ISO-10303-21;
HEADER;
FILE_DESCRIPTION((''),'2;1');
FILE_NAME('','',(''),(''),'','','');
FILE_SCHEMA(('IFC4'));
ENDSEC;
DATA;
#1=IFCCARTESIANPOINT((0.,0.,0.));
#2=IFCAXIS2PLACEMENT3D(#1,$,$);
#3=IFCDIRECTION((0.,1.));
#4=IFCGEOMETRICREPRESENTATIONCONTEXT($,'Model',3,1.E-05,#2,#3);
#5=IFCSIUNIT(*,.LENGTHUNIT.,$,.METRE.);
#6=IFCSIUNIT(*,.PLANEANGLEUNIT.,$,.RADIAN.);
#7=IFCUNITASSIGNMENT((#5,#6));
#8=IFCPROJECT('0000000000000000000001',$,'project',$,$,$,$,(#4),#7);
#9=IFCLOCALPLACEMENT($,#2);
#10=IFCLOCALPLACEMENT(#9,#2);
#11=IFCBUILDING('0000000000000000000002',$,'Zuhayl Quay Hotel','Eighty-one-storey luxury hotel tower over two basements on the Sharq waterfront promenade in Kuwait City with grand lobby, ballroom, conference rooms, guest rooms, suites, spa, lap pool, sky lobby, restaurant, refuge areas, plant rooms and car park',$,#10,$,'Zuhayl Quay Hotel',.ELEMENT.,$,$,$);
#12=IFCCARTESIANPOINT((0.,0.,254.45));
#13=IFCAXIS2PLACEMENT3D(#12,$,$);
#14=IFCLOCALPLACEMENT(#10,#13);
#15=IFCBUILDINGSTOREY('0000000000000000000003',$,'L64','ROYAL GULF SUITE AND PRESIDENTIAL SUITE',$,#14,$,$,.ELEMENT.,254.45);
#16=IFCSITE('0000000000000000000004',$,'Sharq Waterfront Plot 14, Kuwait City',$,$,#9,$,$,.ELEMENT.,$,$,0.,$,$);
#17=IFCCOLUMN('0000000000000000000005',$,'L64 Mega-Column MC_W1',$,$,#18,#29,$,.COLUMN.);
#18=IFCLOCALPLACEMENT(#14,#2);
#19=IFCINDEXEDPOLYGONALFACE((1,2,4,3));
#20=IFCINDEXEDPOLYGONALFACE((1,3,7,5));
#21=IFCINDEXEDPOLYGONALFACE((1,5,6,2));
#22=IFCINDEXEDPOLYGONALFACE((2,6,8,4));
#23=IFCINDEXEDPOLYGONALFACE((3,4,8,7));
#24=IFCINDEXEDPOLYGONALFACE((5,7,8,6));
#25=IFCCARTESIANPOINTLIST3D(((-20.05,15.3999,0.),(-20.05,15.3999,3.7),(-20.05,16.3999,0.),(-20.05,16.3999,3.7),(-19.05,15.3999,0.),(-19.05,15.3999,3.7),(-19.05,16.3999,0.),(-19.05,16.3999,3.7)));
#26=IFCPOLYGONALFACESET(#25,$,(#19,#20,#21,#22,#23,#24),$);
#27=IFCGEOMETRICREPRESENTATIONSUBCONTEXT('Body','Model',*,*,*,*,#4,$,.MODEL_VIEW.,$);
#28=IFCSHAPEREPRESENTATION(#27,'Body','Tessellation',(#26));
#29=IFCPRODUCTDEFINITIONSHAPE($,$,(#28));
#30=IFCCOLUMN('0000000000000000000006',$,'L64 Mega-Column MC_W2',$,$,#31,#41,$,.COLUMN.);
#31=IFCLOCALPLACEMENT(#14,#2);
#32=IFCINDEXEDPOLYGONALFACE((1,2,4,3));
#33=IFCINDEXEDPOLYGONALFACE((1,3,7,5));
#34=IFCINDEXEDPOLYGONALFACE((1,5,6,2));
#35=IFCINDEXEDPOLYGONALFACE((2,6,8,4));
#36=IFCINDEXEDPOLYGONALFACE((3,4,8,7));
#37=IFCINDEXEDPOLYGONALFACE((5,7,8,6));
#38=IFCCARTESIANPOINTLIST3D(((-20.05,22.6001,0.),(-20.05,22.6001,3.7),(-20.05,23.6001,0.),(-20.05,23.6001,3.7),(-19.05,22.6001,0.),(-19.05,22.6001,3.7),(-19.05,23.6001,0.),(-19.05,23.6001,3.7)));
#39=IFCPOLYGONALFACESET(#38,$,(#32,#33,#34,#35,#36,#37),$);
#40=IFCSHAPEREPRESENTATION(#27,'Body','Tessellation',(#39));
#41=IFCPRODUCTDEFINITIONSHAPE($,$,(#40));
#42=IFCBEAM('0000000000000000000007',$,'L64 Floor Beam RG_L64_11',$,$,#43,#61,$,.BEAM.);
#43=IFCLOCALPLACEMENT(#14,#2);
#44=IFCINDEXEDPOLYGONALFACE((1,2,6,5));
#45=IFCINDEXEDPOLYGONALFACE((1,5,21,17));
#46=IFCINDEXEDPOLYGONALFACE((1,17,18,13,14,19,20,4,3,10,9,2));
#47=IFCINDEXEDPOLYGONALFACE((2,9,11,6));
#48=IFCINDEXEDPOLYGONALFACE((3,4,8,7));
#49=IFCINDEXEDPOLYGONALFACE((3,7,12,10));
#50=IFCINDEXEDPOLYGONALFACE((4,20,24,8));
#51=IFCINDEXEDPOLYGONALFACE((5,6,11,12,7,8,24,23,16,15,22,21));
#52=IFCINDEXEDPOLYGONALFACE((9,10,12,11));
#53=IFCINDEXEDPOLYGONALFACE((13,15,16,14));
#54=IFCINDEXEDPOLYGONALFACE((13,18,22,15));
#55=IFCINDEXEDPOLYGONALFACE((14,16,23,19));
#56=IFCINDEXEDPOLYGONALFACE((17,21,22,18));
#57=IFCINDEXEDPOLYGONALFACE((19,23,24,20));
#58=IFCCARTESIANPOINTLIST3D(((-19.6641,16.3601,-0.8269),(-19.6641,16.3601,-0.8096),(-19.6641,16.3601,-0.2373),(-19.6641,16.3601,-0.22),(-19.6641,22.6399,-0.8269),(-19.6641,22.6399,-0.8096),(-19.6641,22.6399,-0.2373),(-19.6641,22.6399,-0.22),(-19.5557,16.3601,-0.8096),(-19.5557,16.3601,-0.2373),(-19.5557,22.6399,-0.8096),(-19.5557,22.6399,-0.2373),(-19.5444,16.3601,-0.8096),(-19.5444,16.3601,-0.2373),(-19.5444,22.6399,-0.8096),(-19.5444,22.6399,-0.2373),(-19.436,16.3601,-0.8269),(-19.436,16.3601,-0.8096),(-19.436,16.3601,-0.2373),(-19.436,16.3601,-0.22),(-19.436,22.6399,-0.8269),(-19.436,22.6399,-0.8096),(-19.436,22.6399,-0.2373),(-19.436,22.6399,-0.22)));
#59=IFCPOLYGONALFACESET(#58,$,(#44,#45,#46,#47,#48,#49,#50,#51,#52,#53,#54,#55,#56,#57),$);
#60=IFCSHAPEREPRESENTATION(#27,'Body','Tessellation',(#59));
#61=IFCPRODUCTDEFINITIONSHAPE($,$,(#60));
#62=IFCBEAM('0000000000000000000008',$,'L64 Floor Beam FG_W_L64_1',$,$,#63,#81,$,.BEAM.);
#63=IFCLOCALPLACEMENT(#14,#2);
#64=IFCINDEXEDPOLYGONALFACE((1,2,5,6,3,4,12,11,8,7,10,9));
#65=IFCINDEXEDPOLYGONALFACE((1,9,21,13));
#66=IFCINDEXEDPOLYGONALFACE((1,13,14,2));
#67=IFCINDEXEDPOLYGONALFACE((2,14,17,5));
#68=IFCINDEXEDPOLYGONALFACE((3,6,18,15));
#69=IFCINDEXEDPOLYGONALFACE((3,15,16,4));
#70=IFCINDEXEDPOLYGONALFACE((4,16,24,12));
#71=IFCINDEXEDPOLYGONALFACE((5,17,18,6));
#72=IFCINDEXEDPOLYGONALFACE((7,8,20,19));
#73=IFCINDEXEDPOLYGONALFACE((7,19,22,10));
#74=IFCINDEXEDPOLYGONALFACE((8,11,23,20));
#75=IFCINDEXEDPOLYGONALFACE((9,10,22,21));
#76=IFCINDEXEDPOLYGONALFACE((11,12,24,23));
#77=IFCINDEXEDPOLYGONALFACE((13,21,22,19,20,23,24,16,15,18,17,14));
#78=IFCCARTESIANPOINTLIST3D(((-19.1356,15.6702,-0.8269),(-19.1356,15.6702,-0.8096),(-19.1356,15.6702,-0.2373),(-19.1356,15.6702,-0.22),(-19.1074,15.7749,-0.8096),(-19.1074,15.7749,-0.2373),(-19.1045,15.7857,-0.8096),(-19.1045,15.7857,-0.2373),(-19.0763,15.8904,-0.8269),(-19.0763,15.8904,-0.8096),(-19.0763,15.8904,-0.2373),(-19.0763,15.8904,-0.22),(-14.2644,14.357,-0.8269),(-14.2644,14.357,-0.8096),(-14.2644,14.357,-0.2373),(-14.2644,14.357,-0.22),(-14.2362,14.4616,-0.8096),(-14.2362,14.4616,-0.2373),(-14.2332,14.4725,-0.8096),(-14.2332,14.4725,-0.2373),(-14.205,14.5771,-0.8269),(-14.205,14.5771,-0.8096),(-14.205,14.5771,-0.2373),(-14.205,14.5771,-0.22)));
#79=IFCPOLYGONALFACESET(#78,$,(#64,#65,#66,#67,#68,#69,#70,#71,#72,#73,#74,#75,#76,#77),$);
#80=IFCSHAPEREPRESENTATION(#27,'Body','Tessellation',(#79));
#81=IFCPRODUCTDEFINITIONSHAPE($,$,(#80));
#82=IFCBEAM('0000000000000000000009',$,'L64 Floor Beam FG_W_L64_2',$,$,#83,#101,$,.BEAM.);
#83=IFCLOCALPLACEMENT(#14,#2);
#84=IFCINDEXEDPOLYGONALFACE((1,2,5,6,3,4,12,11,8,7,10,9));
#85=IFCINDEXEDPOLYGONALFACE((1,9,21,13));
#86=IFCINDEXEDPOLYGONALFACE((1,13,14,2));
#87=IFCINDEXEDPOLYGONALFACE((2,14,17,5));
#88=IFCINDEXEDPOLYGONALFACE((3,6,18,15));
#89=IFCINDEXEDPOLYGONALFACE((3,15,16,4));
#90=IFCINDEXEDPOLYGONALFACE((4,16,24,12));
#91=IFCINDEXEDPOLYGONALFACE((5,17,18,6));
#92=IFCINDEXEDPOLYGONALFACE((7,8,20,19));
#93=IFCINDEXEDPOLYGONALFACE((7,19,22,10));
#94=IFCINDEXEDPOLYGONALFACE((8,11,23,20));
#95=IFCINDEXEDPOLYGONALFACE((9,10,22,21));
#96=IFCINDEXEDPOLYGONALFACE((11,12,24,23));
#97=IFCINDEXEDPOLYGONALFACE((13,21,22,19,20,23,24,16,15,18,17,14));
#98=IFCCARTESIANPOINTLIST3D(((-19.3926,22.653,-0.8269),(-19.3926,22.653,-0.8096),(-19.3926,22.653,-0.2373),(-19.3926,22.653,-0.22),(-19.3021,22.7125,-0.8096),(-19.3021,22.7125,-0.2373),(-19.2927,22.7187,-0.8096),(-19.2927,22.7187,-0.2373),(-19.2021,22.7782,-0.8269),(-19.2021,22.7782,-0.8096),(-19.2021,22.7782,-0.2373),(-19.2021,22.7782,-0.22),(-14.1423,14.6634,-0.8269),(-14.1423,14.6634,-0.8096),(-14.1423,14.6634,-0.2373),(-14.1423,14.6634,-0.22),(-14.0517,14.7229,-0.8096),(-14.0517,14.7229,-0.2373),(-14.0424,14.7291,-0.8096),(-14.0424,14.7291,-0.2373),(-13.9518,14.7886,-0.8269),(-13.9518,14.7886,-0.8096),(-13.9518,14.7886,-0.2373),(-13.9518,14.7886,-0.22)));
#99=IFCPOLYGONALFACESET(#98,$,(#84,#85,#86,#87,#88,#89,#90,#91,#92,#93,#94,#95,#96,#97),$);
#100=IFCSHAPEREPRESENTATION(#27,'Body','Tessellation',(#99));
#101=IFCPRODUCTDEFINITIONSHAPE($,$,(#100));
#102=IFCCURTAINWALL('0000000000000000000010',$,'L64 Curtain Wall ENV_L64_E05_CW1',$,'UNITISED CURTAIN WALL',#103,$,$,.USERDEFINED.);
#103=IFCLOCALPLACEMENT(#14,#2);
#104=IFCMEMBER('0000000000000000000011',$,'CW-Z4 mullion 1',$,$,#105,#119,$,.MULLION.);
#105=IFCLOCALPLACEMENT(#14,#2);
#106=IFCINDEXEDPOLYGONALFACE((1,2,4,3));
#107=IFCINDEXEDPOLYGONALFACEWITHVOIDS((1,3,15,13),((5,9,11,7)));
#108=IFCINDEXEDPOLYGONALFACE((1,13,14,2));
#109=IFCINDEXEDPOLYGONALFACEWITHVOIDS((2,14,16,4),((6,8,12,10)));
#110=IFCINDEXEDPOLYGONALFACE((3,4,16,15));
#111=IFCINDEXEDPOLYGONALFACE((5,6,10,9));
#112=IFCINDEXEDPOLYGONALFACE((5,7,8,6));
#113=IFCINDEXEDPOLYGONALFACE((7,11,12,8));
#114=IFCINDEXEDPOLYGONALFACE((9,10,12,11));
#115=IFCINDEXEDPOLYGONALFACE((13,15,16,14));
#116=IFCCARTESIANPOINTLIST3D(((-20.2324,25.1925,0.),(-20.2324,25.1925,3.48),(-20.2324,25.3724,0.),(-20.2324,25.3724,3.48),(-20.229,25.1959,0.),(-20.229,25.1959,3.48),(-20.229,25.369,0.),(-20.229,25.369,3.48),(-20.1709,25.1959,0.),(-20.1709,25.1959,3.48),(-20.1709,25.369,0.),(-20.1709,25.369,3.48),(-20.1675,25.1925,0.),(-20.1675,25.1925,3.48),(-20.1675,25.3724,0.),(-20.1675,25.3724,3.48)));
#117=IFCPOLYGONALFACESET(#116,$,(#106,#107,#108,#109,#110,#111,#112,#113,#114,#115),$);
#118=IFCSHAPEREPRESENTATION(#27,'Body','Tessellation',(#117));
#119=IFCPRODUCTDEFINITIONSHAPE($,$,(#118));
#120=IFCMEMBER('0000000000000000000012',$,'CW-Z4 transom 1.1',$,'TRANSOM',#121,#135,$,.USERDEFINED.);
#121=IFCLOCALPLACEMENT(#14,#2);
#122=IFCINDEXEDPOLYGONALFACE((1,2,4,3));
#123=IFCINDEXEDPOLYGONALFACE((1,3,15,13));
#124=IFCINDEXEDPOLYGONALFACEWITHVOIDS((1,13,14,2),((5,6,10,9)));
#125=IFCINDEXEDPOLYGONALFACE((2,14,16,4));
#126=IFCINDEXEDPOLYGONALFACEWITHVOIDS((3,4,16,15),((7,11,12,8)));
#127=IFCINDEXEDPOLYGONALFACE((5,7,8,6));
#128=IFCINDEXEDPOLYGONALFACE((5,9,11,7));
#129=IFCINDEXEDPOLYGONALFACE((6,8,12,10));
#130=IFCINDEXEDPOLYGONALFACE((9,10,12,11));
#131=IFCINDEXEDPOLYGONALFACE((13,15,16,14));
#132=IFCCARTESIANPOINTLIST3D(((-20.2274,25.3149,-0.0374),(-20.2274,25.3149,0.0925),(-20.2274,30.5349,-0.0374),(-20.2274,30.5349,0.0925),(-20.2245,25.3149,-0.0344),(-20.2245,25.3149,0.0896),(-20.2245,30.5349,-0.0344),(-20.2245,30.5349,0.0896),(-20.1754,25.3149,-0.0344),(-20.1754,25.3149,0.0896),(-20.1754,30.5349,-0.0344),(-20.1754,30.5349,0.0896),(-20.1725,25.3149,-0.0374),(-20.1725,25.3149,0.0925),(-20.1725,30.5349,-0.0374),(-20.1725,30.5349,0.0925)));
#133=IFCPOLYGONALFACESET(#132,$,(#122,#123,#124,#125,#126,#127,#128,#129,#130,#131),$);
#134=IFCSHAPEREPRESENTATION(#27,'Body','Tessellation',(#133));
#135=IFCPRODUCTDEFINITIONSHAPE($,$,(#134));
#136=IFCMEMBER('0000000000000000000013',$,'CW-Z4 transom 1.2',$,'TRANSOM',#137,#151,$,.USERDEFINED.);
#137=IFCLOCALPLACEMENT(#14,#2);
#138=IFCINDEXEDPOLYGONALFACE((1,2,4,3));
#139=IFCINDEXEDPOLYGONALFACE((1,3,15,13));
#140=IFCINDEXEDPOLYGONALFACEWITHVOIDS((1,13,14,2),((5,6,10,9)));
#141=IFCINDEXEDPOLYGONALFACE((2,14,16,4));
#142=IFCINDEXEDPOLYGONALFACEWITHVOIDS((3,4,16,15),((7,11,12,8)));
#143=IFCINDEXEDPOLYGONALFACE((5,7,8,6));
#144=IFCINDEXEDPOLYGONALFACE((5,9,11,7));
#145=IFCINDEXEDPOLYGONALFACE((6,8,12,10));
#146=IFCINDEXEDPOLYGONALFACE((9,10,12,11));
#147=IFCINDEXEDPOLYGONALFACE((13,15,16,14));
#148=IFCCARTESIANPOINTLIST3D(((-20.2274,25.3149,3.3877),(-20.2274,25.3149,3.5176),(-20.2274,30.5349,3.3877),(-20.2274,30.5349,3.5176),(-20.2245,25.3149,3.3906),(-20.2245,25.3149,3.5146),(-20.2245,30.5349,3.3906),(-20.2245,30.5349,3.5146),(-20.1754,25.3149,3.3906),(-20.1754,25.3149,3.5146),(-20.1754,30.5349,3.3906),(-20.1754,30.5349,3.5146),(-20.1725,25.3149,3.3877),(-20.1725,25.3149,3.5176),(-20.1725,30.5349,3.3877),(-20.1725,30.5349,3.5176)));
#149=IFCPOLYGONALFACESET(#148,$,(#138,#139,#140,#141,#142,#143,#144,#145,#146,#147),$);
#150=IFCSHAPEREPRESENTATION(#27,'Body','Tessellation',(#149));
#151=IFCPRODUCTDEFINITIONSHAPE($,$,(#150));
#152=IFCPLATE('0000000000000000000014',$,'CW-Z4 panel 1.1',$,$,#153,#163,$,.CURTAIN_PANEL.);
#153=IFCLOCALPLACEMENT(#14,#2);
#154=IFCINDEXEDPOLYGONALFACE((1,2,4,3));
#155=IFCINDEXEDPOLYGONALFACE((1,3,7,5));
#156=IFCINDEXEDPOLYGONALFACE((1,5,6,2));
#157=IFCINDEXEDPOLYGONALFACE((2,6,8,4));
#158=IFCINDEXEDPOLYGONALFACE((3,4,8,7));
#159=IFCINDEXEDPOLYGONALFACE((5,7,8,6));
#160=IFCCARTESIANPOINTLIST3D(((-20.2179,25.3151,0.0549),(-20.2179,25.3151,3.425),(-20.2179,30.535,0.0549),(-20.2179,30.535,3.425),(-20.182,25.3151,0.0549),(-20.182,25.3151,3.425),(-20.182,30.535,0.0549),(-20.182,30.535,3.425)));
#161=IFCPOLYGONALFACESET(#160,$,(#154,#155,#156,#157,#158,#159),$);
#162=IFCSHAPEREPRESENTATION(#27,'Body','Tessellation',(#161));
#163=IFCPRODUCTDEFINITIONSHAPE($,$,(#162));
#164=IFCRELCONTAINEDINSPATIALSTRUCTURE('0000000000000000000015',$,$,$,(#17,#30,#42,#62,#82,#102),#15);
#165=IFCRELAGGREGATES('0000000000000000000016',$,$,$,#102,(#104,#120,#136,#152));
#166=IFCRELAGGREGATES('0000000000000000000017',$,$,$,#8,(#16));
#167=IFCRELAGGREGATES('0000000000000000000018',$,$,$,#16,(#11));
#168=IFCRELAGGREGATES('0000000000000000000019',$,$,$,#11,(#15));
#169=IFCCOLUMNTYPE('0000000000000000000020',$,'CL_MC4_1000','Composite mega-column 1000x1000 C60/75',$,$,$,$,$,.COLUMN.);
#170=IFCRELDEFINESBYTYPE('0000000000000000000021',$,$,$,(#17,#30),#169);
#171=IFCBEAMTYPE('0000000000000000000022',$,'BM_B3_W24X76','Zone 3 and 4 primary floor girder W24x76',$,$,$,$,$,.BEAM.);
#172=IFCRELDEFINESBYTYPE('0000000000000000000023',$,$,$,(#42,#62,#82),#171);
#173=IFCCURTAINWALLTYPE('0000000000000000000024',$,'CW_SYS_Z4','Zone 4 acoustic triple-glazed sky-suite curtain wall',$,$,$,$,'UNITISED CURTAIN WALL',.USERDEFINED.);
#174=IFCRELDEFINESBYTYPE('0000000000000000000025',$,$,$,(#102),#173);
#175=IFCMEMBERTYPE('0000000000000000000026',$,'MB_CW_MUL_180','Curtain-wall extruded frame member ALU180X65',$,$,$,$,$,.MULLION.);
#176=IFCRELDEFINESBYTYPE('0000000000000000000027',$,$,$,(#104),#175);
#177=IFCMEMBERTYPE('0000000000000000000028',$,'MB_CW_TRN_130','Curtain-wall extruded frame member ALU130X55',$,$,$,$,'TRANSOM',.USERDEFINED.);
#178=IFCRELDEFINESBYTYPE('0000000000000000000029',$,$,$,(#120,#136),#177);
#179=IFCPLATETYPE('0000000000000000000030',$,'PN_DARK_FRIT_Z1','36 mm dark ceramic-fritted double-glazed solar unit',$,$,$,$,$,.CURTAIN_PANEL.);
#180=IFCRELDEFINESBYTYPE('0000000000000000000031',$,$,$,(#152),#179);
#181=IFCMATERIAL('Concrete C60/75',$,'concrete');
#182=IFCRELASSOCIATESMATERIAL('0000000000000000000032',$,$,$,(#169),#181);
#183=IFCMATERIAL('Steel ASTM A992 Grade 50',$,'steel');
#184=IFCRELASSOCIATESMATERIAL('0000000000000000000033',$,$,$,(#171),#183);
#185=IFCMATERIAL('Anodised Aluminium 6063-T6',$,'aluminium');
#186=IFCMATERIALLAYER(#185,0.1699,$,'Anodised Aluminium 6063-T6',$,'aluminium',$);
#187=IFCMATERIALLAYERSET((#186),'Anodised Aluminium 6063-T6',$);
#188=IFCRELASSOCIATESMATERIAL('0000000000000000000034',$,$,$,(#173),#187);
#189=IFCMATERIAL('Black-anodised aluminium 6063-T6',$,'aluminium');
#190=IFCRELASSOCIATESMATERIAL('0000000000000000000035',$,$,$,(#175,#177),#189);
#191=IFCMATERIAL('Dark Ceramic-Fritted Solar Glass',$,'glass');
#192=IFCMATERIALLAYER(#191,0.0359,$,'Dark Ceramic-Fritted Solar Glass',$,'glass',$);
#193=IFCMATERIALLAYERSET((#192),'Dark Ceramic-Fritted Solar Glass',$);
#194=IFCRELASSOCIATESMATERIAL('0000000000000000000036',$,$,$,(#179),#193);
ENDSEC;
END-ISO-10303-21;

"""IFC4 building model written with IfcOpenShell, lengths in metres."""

from ifc_helpers import new_model, si_unit, direction, frame, origin, origin_2d, place, context, subcontext, project, spatial, rectangle, hollow_rectangle, i_section, extrude, material, layer, layer_set, material_profile, profile_set, type_object, element, aggregate, save


model = new_model("IFC4")

# Units and contexts
model_context = context("Model", 3, precision=1e-05, world=origin(), true_north=direction((0.0, 1.0)))
body_context = subcontext(model_context, "Body", "Model", "MODEL_VIEW")
ifc_project = project(units=[si_unit("LENGTHUNIT", "METRE"), si_unit("PLANEANGLEUNIT", "RADIAN")], contexts=[model_context])

# Site, building, storey
site_placement = place(None, origin())
site = spatial("IfcSite", under=ifc_project, at=site_placement, Name="Sharq Waterfront Plot 14, Kuwait City", CompositionType="ELEMENT", RefElevation=0.0)
building_placement = place(site_placement, origin())
building = spatial("IfcBuilding", under=site, at=building_placement, Name="Zuhayl Quay Hotel", Description="Eighty-one-storey luxury hotel tower over two basements on the Sharq waterfront promenade in Kuwait City with grand lobby, ballroom, conference rooms, guest rooms, suites, spa, lap pool, sky lobby, restaurant, refuge areas, plant rooms and car park", LongName="Zuhayl Quay Hotel", CompositionType="ELEMENT")
storey_placement = place(building_placement, frame((0.0, 0.0, 254.45)))
storey = spatial("IfcBuildingStorey", under=building, at=storey_placement, Name="L64", Description="ROYAL GULF SUITE AND PRESIDENTIAL SUITE", CompositionType="ELEMENT", Elevation=254.45)

# Columns
ifc_material_1 = material(Name="Concrete C60/75", Category="concrete")
ifc_material_profile_1 = material_profile(ifc_material_1, rectangle(XDim=1.0, YDim=1.0, at=origin_2d()), Name="RC1000X1000")
ifc_profile_set_1 = profile_set([ifc_material_profile_1], Name="Concrete C60/75")
column_type = type_object("IfcColumnType", Name="CL_MC4_1000", Description="Composite mega-column 1000x1000 C60/75", PredefinedType="COLUMN", material=ifc_profile_set_1)
for number, where, z_axis, x_axis, name in (
    (1, (-19.55, 15.8999, 0.0), (0.0, 0.0, 1.0), (1.0, 0.0, 0.0), "L64 Mega-Column MC_W1"),
    (2, (-19.55, 23.1001, 0.0), (0.0, 0.0, 1.0), (1.0, 0.0, 0.0), "L64 Mega-Column MC_W2"),
):
    element("IfcColumn", number, at=place(storey_placement, frame(where, z_axis=z_axis, x_axis=x_axis)), inside=storey, type_object=column_type, Name=name, PredefinedType="COLUMN", context=body_context, shape_type="SweptSolid", body=[
        extrude(rectangle(XDim=1.0, YDim=1.0, at=origin_2d()), origin(), (0.0, 0.0, 1.0), 3.7),
    ])

# Beams
ifc_material_2 = material(Name="Steel ASTM A992 Grade 50", Category="steel")
ifc_material_profile_2 = material_profile(ifc_material_2, i_section(OverallWidth=0.228, OverallDepth=0.6069, WebThickness=0.0112, FlangeThickness=0.0173, at=origin_2d()), Name="W24X76")
ifc_profile_set_2 = profile_set([ifc_material_profile_2], Name="Steel ASTM A992 Grade 50")
beam_type = type_object("IfcBeamType", Name="BM_B3_W24X76", Description="Zone 3 and 4 primary floor girder W24x76", PredefinedType="BEAM", material=ifc_profile_set_2)
beam_1_placement = place(storey_placement, frame((-19.55, 22.6399, -0.5234), z_axis=(0.0, -1.0, 0.0), x_axis=(1.0, 0.0, 0.0)))
element("IfcBeam", 3, at=beam_1_placement, inside=storey, type_object=beam_type, Name="L64 Floor Beam RG_L64_11", PredefinedType="BEAM", context=body_context, shape_type="SweptSolid", body=[
    extrude(i_section(OverallWidth=0.228, OverallDepth=0.6069, WebThickness=0.0112, FlangeThickness=0.0173, at=origin_2d()), origin(), (0.0, 0.0, 1.0), 6.2798),
])
beam_2_placement = place(storey_placement, frame((-19.106, 15.7803, -0.5234), z_axis=(0.96553, -0.260291, 0.0), x_axis=(0.260291, 0.96553, 0.0)))
element("IfcBeam", 4, at=beam_2_placement, inside=storey, type_object=beam_type, Name="L64 Floor Beam FG_W_L64_1", PredefinedType="BEAM", context=body_context, shape_type="SweptSolid", body=[
    extrude(i_section(OverallWidth=0.228, OverallDepth=0.6069, WebThickness=0.0112, FlangeThickness=0.0173, at=origin_2d()), origin(), (0.0, 0.0, 1.0), 5.0452),
])
beam_3_placement = place(storey_placement, frame((-19.2974, 22.7156, -0.5234), z_axis=(0.549178, -0.835705, 0.0), x_axis=(0.835705, 0.549178, 0.0)))
element("IfcBeam", 5, at=beam_3_placement, inside=storey, type_object=beam_type, Name="L64 Floor Beam FG_W_L64_2", PredefinedType="BEAM", context=body_context, shape_type="SweptSolid", body=[
    extrude(i_section(OverallWidth=0.228, OverallDepth=0.6069, WebThickness=0.0112, FlangeThickness=0.0173, at=origin_2d()), origin(), (0.0, 0.0, 1.0), 9.5603),
])

# Curtain wall, members, plate
ifc_material_3 = material(Name="Anodised Aluminium 6063-T6", Category="aluminium")
ifc_layer_1 = layer(ifc_material_3, 0.1699, Name="Anodised Aluminium 6063-T6", Category="aluminium")
ifc_layer_set_1 = layer_set([ifc_layer_1], Name="Anodised Aluminium 6063-T6")
curtain_wall_type = type_object("IfcCurtainWallType", Name="CW_SYS_Z4", Description="Zone 4 acoustic triple-glazed sky-suite curtain wall", ElementType="UNITISED CURTAIN WALL", PredefinedType="USERDEFINED", material=ifc_layer_set_1)
curtain_wall_placement = place(storey_placement, origin())
curtain_wall = element("IfcCurtainWall", 6, at=curtain_wall_placement, inside=storey, type_object=curtain_wall_type, Name="L64 Curtain Wall ENV_L64_E05_CW1", ObjectType="UNITISED CURTAIN WALL", PredefinedType="USERDEFINED")
ifc_material_4 = material(Name="Black-anodised aluminium 6063-T6", Category="aluminium")
ifc_material_profile_3 = material_profile(ifc_material_4, hollow_rectangle(XDim=0.0649, YDim=0.1799, WallThickness=0.0034, at=origin_2d()), Name="ALU180X65")
ifc_profile_set_3 = profile_set([ifc_material_profile_3], Name="Black-anodised aluminium 6063-T6")
member_type_1 = type_object("IfcMemberType", Name="MB_CW_MUL_180", Description="Curtain-wall extruded frame member ALU180X65", PredefinedType="MULLION", material=ifc_profile_set_3)
member_1_placement = place(storey_placement, frame((-20.2, 25.2825, 0.0), z_axis=(0.0, 0.0, 1.0), x_axis=(-1.0, 0.0, 0.0)))
member_1 = element("IfcMember", 7, at=member_1_placement, type_object=member_type_1, Name="CW-Z4 mullion 1", PredefinedType="MULLION", context=body_context, shape_type="SweptSolid", body=[
    extrude(hollow_rectangle(XDim=0.0649, YDim=0.1799, WallThickness=0.0034, at=origin_2d()), origin(), (0.0, 0.0, 1.0), 3.48),
])
ifc_material_profile_4 = material_profile(ifc_material_4, hollow_rectangle(XDim=0.0549, YDim=0.1299, WallThickness=0.0029, at=origin_2d()), Name="ALU130X55")
ifc_profile_set_4 = profile_set([ifc_material_profile_4], Name="Black-anodised aluminium 6063-T6")
member_type_2 = type_object("IfcMemberType", Name="MB_CW_TRN_130", Description="Curtain-wall extruded frame member ALU130X55", ElementType="TRANSOM", PredefinedType="USERDEFINED", material=ifc_profile_set_4)
member_2_placement = place(storey_placement, frame((-20.2, 25.3149, 0.0276), z_axis=(0.0, 1.0, 0.0), x_axis=(-1.0, 0.0, 0.0)))
member_2 = element("IfcMember", 8, at=member_2_placement, type_object=member_type_2, Name="CW-Z4 transom 1.1", ObjectType="TRANSOM", PredefinedType="USERDEFINED", context=body_context, shape_type="SweptSolid", body=[
    extrude(hollow_rectangle(XDim=0.0549, YDim=0.1299, WallThickness=0.0029, at=origin_2d()), origin(), (0.0, 0.0, 1.0), 5.22),
])
member_3_placement = place(storey_placement, frame((-20.2, 25.3149, 3.4526), z_axis=(0.0, 1.0, 0.0), x_axis=(-1.0, 0.0, 0.0)))
member_3 = element("IfcMember", 9, at=member_3_placement, type_object=member_type_2, Name="CW-Z4 transom 1.2", ObjectType="TRANSOM", PredefinedType="USERDEFINED", context=body_context, shape_type="SweptSolid", body=[
    extrude(hollow_rectangle(XDim=0.0549, YDim=0.1299, WallThickness=0.0029, at=origin_2d()), origin(), (0.0, 0.0, 1.0), 5.22),
])
ifc_material_5 = material(Name="Dark Ceramic-Fritted Solar Glass", Category="glass")
ifc_layer_2 = layer(ifc_material_5, 0.0359, Name="Dark Ceramic-Fritted Solar Glass", Category="glass")
ifc_layer_set_2 = layer_set([ifc_layer_2], Name="Dark Ceramic-Fritted Solar Glass")
plate_type = type_object("IfcPlateType", Name="PN_DARK_FRIT_Z1", Description="36 mm dark ceramic-fritted double-glazed solar unit", PredefinedType="CURTAIN_PANEL", material=ifc_layer_set_2)
plate_placement = place(storey_placement, frame((-20.2, 27.925, 0.0549), z_axis=(0.0, 0.0, 1.0), x_axis=(0.0, 1.0, 0.0)))
plate = element("IfcPlate", 10, at=plate_placement, type_object=plate_type, Name="CW-Z4 panel 1.1", PredefinedType="CURTAIN_PANEL", context=body_context, shape_type="SweptSolid", body=[
    extrude(rectangle(XDim=5.22, YDim=0.0359, at=origin_2d()), origin(), (0.0, 0.0, 1.0), 3.3701),
])
aggregate(curtain_wall, [member_1, member_2, member_3, plate])

save(model, "model.ifc")
